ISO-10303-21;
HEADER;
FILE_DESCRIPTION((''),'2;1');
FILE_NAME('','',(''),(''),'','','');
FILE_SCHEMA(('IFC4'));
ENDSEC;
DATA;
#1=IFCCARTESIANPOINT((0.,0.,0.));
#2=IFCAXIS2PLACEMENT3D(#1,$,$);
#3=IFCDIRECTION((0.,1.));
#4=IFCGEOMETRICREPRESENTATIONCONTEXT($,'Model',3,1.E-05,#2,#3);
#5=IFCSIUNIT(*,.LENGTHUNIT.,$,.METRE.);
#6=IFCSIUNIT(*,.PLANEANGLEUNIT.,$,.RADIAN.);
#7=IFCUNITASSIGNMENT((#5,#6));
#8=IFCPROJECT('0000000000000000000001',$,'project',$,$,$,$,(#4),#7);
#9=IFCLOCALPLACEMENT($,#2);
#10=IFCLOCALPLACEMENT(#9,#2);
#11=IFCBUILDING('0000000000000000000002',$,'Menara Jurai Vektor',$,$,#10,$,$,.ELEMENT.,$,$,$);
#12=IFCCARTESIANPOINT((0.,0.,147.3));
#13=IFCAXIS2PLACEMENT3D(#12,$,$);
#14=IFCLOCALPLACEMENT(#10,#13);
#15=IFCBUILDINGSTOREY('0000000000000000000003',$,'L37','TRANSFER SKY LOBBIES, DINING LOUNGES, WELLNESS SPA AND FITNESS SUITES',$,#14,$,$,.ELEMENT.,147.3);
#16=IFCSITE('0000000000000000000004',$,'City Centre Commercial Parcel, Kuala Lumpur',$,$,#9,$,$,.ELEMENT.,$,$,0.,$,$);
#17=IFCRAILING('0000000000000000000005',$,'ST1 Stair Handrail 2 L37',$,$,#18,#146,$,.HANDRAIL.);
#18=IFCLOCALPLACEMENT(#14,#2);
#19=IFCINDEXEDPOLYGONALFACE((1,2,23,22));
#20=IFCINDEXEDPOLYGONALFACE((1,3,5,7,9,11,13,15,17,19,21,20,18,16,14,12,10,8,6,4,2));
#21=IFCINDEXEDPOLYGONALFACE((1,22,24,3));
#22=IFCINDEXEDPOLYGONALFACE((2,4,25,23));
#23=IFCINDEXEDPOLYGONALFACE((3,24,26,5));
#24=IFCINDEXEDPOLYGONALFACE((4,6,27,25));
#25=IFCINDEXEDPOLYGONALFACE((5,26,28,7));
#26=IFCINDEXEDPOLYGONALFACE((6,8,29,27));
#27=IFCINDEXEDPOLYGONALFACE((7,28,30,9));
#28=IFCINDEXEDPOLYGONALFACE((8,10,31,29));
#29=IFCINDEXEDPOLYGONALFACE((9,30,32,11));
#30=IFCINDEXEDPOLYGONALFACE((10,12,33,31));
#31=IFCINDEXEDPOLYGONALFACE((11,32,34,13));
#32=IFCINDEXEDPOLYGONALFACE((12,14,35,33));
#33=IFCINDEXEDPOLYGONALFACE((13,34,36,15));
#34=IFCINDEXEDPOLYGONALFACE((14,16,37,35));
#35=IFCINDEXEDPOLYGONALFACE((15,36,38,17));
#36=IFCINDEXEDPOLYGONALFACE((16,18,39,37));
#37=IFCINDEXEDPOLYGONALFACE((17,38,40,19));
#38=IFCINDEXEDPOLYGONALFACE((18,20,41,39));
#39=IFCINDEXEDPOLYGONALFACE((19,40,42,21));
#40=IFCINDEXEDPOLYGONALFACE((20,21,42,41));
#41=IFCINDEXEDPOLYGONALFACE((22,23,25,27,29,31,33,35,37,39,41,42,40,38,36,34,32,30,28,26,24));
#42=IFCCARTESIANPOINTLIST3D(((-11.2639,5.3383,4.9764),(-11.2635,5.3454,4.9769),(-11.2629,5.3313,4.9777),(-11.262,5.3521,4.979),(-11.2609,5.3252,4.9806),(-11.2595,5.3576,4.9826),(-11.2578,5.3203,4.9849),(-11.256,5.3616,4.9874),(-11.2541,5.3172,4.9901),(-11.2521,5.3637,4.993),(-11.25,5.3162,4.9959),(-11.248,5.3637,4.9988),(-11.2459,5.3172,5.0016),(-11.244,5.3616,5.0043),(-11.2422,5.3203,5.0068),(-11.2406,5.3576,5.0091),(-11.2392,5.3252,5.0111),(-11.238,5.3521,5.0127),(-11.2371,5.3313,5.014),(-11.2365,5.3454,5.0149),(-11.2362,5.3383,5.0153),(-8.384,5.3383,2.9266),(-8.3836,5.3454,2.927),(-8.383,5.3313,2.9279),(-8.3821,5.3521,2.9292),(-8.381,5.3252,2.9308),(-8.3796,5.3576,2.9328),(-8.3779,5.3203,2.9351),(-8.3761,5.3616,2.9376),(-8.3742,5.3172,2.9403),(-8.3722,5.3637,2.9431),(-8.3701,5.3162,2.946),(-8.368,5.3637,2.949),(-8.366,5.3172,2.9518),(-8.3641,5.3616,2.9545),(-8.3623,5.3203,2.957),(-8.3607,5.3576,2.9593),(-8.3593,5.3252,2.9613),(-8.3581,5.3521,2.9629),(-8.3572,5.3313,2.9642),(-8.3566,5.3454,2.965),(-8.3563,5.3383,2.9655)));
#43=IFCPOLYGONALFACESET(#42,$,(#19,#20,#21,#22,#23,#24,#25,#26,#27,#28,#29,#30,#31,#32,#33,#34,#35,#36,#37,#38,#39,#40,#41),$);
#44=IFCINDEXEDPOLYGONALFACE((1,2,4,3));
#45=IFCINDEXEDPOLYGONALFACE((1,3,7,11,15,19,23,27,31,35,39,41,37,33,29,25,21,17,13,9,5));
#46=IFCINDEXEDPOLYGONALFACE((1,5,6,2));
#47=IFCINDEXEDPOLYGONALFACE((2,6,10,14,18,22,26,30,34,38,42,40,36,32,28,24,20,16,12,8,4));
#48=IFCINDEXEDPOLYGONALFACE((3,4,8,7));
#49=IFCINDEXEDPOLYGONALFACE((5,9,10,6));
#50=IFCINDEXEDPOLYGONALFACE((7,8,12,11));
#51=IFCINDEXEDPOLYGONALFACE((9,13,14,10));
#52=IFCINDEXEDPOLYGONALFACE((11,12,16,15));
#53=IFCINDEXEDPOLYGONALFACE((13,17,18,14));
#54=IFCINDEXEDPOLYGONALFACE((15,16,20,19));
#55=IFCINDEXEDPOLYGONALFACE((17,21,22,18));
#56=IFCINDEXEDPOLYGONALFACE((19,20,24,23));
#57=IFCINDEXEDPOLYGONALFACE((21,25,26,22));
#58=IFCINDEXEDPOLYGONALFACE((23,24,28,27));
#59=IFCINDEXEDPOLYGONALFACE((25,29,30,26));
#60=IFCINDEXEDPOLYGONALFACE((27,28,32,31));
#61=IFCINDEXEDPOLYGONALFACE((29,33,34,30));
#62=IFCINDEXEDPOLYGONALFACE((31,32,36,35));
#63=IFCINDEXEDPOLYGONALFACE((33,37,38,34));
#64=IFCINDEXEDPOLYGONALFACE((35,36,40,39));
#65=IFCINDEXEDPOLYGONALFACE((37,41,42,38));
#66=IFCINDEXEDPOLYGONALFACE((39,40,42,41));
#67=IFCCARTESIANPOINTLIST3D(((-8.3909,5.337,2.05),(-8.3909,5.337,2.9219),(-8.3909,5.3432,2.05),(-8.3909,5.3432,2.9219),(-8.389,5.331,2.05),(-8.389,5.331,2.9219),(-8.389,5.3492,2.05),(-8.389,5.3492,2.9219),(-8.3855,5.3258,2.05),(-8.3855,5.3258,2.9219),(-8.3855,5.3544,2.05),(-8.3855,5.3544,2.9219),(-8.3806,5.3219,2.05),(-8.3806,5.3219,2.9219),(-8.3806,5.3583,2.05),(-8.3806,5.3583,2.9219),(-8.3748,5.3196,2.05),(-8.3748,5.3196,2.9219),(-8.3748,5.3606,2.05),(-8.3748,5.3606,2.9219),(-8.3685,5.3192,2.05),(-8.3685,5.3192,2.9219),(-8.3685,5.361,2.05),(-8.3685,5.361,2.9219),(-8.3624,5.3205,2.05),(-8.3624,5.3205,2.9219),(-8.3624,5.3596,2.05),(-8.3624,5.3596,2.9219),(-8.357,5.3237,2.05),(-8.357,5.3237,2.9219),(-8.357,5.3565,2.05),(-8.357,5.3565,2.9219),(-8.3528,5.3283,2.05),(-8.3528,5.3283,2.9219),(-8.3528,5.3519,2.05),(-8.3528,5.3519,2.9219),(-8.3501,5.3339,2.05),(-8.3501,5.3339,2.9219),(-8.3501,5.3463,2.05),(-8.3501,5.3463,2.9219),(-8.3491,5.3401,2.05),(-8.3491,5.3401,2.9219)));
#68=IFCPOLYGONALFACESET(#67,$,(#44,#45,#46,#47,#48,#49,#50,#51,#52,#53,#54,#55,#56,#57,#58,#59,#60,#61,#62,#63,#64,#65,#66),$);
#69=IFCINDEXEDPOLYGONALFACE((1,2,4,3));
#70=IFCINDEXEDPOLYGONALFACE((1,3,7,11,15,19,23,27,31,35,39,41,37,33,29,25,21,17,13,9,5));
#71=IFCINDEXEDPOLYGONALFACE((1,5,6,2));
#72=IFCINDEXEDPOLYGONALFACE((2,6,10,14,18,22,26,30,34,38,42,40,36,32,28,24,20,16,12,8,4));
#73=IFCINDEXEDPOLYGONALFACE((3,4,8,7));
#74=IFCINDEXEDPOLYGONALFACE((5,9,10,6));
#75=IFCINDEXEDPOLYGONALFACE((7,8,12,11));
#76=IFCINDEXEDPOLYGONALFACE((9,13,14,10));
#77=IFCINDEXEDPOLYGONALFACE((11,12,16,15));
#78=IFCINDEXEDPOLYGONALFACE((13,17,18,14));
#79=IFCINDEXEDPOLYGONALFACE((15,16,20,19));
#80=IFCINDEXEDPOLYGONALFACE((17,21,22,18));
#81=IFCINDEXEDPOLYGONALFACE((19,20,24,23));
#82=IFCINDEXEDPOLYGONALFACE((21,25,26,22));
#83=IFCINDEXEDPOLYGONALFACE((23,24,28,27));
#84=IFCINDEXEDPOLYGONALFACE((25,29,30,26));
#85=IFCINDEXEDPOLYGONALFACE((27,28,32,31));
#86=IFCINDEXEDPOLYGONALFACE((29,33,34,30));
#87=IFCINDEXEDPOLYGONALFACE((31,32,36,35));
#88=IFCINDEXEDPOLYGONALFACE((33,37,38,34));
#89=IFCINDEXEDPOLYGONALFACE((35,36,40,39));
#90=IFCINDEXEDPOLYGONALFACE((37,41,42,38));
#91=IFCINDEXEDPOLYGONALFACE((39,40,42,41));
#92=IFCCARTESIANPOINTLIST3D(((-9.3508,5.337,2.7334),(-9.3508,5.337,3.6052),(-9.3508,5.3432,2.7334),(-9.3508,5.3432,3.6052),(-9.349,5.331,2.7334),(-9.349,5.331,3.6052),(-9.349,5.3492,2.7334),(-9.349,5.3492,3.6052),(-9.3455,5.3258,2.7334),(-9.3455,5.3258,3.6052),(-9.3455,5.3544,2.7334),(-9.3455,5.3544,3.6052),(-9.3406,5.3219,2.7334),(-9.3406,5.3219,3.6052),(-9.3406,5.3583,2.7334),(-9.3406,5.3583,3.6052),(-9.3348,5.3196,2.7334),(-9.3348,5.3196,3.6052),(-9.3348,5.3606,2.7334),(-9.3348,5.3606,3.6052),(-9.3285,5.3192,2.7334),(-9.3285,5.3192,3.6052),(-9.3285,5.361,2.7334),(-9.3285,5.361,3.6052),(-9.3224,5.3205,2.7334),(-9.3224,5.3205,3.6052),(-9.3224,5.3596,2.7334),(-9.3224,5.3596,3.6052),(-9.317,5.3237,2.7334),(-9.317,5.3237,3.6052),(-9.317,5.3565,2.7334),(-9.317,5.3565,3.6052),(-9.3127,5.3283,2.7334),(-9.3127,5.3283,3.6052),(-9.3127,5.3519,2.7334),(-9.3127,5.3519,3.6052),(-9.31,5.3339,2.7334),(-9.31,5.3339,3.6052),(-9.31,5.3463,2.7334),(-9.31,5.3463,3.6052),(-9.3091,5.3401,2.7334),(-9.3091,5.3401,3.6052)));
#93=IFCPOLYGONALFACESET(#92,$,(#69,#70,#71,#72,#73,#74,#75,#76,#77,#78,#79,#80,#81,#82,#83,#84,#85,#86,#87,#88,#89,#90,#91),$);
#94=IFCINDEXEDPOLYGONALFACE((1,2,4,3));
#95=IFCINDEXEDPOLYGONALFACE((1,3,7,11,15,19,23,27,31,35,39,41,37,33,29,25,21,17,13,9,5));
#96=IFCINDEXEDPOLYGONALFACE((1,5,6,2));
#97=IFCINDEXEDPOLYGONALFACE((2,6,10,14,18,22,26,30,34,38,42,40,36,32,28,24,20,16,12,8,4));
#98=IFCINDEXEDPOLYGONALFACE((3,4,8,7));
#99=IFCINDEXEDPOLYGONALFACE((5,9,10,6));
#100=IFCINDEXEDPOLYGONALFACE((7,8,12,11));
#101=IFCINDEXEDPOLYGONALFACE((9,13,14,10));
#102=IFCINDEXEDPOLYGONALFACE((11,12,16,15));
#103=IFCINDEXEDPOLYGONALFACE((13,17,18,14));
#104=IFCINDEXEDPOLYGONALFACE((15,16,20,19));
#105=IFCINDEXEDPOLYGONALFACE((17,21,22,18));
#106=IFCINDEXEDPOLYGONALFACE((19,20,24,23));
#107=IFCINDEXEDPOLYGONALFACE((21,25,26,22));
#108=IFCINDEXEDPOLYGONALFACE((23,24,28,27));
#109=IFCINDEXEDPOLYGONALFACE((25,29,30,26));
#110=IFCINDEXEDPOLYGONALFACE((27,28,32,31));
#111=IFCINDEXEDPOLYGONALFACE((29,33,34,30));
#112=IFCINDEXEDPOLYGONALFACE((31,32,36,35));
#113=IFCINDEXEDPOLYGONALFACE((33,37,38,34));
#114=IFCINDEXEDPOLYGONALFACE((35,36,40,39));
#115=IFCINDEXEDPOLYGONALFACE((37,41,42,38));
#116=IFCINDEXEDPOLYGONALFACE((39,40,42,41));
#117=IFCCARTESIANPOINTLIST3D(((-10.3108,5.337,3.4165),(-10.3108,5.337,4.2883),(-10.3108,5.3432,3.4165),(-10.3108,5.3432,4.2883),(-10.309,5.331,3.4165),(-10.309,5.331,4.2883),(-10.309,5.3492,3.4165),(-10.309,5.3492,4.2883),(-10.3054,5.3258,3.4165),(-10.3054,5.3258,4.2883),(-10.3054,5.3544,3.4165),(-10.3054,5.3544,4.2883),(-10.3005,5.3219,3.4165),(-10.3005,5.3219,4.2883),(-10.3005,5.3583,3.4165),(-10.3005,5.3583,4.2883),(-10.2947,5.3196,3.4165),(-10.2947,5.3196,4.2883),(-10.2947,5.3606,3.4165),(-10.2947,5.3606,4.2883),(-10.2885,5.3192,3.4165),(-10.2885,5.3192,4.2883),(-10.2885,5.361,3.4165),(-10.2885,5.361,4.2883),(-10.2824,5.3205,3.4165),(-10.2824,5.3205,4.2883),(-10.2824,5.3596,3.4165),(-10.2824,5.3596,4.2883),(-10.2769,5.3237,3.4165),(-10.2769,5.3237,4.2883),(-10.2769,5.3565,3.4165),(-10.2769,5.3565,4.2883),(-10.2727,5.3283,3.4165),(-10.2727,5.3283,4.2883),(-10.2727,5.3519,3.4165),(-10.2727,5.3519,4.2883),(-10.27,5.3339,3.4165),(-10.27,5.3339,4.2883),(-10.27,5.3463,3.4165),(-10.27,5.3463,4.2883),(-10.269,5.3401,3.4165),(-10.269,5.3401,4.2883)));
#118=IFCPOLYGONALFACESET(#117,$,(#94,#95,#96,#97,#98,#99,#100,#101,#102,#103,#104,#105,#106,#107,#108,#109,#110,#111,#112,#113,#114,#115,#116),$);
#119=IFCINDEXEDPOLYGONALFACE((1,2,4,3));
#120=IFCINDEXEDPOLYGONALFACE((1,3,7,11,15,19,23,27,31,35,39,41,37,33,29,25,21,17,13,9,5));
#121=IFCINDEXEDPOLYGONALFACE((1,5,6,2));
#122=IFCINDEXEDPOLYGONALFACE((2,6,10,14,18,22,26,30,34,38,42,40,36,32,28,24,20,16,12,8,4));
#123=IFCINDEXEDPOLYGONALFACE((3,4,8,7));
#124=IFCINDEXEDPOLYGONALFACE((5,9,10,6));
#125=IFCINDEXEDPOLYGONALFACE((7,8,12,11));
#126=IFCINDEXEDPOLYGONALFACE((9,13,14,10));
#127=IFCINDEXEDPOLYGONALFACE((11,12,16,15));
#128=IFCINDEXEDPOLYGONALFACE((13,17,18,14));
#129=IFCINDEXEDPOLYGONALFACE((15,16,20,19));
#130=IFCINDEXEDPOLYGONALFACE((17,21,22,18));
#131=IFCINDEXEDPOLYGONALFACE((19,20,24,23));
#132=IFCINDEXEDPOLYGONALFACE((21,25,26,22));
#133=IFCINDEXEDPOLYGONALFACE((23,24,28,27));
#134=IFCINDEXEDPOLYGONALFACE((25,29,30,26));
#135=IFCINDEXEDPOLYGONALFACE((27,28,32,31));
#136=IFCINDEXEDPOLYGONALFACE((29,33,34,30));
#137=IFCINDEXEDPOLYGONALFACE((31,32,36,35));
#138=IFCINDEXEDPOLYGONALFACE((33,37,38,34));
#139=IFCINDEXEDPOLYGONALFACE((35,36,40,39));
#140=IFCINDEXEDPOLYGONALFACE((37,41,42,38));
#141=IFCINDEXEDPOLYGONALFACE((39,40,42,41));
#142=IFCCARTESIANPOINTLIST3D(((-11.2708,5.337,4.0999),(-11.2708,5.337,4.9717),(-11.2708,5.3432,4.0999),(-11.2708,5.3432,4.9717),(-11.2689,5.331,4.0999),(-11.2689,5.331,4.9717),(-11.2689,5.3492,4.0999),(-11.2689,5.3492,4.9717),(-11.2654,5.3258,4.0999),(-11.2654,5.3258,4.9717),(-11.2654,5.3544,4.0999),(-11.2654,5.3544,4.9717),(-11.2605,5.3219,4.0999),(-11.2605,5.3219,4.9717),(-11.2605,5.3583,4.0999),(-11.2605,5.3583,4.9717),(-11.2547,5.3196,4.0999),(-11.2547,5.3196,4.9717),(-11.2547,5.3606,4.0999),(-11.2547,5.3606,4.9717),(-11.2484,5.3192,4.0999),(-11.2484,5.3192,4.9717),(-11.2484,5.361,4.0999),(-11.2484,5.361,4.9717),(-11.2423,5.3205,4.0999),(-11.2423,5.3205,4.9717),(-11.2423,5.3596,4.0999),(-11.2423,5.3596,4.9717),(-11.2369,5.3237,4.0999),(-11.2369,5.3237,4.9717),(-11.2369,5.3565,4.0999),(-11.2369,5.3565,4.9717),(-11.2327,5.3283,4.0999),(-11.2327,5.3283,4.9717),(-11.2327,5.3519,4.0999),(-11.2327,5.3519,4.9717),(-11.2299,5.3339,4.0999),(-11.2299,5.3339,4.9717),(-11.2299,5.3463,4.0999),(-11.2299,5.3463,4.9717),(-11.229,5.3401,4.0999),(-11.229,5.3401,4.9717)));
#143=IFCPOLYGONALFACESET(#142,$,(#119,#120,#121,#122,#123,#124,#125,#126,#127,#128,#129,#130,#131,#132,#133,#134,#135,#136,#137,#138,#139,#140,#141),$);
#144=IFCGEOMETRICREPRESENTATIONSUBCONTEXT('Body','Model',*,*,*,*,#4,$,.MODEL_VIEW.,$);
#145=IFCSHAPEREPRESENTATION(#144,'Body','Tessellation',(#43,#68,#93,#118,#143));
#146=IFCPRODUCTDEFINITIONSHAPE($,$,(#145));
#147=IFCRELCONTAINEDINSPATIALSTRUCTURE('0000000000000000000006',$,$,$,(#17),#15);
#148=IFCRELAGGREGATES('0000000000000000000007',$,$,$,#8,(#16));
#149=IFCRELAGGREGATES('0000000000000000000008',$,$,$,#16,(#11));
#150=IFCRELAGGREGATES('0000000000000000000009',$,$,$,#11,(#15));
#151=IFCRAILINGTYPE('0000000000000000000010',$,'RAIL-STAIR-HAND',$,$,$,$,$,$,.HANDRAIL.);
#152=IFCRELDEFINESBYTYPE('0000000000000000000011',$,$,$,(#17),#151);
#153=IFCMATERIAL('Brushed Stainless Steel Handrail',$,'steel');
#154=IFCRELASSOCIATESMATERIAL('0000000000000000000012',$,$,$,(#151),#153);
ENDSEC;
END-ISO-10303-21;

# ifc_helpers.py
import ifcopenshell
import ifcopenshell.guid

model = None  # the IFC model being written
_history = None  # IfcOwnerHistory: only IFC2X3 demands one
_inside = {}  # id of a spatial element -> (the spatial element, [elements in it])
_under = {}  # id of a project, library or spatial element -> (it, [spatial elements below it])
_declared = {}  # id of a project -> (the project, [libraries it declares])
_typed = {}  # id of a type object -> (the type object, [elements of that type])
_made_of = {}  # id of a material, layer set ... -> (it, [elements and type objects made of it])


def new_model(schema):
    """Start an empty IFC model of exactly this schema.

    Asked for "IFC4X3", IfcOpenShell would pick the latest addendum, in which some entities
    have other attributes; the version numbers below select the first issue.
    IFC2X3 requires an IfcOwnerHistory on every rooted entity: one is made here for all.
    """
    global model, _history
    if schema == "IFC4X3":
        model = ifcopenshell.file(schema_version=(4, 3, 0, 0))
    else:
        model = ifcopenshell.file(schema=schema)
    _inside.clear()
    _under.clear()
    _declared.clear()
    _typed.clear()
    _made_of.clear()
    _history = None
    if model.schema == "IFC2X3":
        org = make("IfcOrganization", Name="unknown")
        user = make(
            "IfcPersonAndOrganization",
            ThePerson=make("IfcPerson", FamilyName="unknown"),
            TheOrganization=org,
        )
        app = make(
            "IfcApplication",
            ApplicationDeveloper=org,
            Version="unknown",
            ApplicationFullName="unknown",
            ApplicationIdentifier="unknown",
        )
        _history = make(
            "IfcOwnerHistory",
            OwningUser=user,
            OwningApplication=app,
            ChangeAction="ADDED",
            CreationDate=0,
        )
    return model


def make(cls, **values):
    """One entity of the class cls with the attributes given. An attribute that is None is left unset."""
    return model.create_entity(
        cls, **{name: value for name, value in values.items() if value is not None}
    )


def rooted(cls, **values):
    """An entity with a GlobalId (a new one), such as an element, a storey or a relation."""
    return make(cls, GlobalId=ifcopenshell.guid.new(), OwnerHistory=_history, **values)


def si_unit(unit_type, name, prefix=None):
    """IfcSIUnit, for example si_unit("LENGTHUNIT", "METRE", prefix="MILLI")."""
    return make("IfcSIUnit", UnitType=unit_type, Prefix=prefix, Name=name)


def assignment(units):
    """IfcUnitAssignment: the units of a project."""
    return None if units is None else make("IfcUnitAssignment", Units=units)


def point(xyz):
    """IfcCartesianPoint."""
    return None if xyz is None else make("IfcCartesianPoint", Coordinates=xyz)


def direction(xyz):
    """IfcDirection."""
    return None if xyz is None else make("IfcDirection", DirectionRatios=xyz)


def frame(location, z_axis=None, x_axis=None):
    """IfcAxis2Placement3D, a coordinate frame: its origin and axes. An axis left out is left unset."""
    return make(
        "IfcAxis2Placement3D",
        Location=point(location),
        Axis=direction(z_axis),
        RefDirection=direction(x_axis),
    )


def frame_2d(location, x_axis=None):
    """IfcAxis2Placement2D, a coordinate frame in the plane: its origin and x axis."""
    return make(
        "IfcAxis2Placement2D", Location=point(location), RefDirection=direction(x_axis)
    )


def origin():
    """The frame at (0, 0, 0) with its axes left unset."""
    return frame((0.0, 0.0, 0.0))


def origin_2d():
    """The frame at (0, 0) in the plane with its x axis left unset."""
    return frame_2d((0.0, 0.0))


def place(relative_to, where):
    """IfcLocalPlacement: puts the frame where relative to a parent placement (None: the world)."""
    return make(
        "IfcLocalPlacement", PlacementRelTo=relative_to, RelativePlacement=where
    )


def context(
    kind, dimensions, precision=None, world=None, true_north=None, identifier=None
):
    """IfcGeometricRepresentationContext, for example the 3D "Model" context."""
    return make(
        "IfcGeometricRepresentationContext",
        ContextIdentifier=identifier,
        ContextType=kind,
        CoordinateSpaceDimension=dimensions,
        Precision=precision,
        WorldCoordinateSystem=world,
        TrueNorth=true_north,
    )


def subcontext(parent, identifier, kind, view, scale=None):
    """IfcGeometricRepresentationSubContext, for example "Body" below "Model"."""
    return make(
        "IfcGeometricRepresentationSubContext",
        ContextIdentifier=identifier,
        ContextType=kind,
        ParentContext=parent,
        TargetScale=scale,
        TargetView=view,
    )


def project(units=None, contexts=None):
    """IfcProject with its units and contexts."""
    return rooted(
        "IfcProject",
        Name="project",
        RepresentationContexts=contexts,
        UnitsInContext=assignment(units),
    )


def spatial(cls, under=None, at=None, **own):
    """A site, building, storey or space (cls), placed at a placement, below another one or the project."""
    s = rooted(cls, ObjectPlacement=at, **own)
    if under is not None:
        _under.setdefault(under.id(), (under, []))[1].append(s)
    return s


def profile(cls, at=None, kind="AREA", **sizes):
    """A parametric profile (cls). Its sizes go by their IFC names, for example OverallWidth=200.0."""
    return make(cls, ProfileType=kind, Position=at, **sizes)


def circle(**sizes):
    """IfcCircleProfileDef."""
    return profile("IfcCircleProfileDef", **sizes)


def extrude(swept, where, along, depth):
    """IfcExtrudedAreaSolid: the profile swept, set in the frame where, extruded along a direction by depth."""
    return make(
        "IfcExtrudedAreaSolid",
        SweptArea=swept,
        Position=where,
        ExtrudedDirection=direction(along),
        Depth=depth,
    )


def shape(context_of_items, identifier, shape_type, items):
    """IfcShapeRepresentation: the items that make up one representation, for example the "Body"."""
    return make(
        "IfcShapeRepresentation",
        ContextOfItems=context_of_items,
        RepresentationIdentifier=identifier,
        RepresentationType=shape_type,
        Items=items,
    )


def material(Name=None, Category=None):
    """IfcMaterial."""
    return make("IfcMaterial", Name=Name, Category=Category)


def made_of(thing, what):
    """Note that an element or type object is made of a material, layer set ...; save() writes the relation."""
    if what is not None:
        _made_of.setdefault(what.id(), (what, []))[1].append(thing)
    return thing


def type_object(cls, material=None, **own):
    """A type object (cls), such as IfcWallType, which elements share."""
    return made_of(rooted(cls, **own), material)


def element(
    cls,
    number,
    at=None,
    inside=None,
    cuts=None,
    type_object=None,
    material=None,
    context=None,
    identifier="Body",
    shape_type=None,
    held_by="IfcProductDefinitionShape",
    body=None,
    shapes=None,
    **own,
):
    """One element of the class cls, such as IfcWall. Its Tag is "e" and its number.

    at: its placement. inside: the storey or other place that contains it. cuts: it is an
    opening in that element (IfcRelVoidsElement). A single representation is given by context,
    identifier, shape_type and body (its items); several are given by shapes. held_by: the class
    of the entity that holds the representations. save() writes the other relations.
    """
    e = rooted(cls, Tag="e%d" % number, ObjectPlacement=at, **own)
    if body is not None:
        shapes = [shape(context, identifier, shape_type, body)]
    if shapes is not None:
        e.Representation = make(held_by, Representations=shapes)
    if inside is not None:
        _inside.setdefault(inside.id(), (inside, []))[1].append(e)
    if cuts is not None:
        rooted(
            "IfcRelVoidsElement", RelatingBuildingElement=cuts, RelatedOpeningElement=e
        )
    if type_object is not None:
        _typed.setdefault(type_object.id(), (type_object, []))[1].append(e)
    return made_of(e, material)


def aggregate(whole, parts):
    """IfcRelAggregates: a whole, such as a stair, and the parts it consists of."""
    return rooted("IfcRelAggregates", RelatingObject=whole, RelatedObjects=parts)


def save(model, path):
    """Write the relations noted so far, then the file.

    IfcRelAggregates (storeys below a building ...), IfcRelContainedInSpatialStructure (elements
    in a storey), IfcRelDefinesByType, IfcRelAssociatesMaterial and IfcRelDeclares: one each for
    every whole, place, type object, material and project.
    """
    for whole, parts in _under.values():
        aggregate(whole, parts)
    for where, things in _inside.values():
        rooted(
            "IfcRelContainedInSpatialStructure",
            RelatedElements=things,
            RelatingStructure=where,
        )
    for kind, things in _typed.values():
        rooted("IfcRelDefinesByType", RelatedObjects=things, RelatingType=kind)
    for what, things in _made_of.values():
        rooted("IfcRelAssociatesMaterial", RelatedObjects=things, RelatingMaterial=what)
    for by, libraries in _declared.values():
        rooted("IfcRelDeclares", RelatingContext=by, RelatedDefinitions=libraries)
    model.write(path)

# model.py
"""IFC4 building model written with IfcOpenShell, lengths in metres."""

from ifc_helpers import new_model, si_unit, direction, frame, origin, origin_2d, place, context, subcontext, project, spatial, circle, extrude, material, type_object, element, save


model = new_model("IFC4")

# Units and contexts
model_context = context("Model", 3, precision=1e-05, world=origin(), true_north=direction((0.0, 1.0)))
body_context = subcontext(model_context, "Body", "Model", "MODEL_VIEW")
ifc_project = project(units=[si_unit("LENGTHUNIT", "METRE"), si_unit("PLANEANGLEUNIT", "RADIAN")], contexts=[model_context])

# Site, building, storey
site_placement = place(None, origin())
site = spatial("IfcSite", under=ifc_project, at=site_placement, Name="City Centre Commercial Parcel, Kuala Lumpur", CompositionType="ELEMENT", RefElevation=0.0)
building_placement = place(site_placement, origin())
building = spatial("IfcBuilding", under=site, at=building_placement, Name="Menara Jurai Vektor", CompositionType="ELEMENT")
storey_placement = place(building_placement, frame((0.0, 0.0, 147.3)))
storey = spatial("IfcBuildingStorey", under=building, at=storey_placement, Name="L37", Description="TRANSFER SKY LOBBIES, DINING LOUNGES, WELLNESS SPA AND FITNESS SUITES", CompositionType="ELEMENT", Elevation=147.3)

# Railing
ifc_material_1 = material(Name="Brushed Stainless Steel Handrail", Category="steel")
railing_type_1 = type_object("IfcRailingType", Name="RAIL-STAIR-HAND", PredefinedType="HANDRAIL", material=ifc_material_1)
railing_1_placement = place(storey_placement, frame((-8.3701, 5.3401, 2.05)))
element("IfcRailing", 1, at=railing_1_placement, inside=storey, type_object=railing_type_1, Name="ST1 Stair Handrail 2 L37", PredefinedType="HANDRAIL", context=body_context, shape_type="SweptSolid", body=[
    extrude(circle(Radius=0.0239, at=origin_2d()), frame((0.0, 0.0, 0.896), z_axis=(-0.814703, 0.0, 0.579878), x_axis=(0.0, -1.0, 0.0)), (0.0, 0.0, 1.0), 3.5349),
    extrude(circle(Radius=0.021, at=origin_2d()), origin(), (0.0, 0.0, 1.0), 0.8718),
    extrude(circle(Radius=0.021, at=origin_2d()), frame((-0.96, 0.0, 0.6833)), (0.0, 0.0, 1.0), 0.8718),
    extrude(circle(Radius=0.021, at=origin_2d()), frame((-1.9199, 0.0, 1.3665)), (0.0, 0.0, 1.0), 0.8718),
    extrude(circle(Radius=0.021, at=origin_2d()), frame((-2.8799, 0.0, 2.0498)), (0.0, 0.0, 1.0), 0.8718),
])

save(model, "model.ifc")
